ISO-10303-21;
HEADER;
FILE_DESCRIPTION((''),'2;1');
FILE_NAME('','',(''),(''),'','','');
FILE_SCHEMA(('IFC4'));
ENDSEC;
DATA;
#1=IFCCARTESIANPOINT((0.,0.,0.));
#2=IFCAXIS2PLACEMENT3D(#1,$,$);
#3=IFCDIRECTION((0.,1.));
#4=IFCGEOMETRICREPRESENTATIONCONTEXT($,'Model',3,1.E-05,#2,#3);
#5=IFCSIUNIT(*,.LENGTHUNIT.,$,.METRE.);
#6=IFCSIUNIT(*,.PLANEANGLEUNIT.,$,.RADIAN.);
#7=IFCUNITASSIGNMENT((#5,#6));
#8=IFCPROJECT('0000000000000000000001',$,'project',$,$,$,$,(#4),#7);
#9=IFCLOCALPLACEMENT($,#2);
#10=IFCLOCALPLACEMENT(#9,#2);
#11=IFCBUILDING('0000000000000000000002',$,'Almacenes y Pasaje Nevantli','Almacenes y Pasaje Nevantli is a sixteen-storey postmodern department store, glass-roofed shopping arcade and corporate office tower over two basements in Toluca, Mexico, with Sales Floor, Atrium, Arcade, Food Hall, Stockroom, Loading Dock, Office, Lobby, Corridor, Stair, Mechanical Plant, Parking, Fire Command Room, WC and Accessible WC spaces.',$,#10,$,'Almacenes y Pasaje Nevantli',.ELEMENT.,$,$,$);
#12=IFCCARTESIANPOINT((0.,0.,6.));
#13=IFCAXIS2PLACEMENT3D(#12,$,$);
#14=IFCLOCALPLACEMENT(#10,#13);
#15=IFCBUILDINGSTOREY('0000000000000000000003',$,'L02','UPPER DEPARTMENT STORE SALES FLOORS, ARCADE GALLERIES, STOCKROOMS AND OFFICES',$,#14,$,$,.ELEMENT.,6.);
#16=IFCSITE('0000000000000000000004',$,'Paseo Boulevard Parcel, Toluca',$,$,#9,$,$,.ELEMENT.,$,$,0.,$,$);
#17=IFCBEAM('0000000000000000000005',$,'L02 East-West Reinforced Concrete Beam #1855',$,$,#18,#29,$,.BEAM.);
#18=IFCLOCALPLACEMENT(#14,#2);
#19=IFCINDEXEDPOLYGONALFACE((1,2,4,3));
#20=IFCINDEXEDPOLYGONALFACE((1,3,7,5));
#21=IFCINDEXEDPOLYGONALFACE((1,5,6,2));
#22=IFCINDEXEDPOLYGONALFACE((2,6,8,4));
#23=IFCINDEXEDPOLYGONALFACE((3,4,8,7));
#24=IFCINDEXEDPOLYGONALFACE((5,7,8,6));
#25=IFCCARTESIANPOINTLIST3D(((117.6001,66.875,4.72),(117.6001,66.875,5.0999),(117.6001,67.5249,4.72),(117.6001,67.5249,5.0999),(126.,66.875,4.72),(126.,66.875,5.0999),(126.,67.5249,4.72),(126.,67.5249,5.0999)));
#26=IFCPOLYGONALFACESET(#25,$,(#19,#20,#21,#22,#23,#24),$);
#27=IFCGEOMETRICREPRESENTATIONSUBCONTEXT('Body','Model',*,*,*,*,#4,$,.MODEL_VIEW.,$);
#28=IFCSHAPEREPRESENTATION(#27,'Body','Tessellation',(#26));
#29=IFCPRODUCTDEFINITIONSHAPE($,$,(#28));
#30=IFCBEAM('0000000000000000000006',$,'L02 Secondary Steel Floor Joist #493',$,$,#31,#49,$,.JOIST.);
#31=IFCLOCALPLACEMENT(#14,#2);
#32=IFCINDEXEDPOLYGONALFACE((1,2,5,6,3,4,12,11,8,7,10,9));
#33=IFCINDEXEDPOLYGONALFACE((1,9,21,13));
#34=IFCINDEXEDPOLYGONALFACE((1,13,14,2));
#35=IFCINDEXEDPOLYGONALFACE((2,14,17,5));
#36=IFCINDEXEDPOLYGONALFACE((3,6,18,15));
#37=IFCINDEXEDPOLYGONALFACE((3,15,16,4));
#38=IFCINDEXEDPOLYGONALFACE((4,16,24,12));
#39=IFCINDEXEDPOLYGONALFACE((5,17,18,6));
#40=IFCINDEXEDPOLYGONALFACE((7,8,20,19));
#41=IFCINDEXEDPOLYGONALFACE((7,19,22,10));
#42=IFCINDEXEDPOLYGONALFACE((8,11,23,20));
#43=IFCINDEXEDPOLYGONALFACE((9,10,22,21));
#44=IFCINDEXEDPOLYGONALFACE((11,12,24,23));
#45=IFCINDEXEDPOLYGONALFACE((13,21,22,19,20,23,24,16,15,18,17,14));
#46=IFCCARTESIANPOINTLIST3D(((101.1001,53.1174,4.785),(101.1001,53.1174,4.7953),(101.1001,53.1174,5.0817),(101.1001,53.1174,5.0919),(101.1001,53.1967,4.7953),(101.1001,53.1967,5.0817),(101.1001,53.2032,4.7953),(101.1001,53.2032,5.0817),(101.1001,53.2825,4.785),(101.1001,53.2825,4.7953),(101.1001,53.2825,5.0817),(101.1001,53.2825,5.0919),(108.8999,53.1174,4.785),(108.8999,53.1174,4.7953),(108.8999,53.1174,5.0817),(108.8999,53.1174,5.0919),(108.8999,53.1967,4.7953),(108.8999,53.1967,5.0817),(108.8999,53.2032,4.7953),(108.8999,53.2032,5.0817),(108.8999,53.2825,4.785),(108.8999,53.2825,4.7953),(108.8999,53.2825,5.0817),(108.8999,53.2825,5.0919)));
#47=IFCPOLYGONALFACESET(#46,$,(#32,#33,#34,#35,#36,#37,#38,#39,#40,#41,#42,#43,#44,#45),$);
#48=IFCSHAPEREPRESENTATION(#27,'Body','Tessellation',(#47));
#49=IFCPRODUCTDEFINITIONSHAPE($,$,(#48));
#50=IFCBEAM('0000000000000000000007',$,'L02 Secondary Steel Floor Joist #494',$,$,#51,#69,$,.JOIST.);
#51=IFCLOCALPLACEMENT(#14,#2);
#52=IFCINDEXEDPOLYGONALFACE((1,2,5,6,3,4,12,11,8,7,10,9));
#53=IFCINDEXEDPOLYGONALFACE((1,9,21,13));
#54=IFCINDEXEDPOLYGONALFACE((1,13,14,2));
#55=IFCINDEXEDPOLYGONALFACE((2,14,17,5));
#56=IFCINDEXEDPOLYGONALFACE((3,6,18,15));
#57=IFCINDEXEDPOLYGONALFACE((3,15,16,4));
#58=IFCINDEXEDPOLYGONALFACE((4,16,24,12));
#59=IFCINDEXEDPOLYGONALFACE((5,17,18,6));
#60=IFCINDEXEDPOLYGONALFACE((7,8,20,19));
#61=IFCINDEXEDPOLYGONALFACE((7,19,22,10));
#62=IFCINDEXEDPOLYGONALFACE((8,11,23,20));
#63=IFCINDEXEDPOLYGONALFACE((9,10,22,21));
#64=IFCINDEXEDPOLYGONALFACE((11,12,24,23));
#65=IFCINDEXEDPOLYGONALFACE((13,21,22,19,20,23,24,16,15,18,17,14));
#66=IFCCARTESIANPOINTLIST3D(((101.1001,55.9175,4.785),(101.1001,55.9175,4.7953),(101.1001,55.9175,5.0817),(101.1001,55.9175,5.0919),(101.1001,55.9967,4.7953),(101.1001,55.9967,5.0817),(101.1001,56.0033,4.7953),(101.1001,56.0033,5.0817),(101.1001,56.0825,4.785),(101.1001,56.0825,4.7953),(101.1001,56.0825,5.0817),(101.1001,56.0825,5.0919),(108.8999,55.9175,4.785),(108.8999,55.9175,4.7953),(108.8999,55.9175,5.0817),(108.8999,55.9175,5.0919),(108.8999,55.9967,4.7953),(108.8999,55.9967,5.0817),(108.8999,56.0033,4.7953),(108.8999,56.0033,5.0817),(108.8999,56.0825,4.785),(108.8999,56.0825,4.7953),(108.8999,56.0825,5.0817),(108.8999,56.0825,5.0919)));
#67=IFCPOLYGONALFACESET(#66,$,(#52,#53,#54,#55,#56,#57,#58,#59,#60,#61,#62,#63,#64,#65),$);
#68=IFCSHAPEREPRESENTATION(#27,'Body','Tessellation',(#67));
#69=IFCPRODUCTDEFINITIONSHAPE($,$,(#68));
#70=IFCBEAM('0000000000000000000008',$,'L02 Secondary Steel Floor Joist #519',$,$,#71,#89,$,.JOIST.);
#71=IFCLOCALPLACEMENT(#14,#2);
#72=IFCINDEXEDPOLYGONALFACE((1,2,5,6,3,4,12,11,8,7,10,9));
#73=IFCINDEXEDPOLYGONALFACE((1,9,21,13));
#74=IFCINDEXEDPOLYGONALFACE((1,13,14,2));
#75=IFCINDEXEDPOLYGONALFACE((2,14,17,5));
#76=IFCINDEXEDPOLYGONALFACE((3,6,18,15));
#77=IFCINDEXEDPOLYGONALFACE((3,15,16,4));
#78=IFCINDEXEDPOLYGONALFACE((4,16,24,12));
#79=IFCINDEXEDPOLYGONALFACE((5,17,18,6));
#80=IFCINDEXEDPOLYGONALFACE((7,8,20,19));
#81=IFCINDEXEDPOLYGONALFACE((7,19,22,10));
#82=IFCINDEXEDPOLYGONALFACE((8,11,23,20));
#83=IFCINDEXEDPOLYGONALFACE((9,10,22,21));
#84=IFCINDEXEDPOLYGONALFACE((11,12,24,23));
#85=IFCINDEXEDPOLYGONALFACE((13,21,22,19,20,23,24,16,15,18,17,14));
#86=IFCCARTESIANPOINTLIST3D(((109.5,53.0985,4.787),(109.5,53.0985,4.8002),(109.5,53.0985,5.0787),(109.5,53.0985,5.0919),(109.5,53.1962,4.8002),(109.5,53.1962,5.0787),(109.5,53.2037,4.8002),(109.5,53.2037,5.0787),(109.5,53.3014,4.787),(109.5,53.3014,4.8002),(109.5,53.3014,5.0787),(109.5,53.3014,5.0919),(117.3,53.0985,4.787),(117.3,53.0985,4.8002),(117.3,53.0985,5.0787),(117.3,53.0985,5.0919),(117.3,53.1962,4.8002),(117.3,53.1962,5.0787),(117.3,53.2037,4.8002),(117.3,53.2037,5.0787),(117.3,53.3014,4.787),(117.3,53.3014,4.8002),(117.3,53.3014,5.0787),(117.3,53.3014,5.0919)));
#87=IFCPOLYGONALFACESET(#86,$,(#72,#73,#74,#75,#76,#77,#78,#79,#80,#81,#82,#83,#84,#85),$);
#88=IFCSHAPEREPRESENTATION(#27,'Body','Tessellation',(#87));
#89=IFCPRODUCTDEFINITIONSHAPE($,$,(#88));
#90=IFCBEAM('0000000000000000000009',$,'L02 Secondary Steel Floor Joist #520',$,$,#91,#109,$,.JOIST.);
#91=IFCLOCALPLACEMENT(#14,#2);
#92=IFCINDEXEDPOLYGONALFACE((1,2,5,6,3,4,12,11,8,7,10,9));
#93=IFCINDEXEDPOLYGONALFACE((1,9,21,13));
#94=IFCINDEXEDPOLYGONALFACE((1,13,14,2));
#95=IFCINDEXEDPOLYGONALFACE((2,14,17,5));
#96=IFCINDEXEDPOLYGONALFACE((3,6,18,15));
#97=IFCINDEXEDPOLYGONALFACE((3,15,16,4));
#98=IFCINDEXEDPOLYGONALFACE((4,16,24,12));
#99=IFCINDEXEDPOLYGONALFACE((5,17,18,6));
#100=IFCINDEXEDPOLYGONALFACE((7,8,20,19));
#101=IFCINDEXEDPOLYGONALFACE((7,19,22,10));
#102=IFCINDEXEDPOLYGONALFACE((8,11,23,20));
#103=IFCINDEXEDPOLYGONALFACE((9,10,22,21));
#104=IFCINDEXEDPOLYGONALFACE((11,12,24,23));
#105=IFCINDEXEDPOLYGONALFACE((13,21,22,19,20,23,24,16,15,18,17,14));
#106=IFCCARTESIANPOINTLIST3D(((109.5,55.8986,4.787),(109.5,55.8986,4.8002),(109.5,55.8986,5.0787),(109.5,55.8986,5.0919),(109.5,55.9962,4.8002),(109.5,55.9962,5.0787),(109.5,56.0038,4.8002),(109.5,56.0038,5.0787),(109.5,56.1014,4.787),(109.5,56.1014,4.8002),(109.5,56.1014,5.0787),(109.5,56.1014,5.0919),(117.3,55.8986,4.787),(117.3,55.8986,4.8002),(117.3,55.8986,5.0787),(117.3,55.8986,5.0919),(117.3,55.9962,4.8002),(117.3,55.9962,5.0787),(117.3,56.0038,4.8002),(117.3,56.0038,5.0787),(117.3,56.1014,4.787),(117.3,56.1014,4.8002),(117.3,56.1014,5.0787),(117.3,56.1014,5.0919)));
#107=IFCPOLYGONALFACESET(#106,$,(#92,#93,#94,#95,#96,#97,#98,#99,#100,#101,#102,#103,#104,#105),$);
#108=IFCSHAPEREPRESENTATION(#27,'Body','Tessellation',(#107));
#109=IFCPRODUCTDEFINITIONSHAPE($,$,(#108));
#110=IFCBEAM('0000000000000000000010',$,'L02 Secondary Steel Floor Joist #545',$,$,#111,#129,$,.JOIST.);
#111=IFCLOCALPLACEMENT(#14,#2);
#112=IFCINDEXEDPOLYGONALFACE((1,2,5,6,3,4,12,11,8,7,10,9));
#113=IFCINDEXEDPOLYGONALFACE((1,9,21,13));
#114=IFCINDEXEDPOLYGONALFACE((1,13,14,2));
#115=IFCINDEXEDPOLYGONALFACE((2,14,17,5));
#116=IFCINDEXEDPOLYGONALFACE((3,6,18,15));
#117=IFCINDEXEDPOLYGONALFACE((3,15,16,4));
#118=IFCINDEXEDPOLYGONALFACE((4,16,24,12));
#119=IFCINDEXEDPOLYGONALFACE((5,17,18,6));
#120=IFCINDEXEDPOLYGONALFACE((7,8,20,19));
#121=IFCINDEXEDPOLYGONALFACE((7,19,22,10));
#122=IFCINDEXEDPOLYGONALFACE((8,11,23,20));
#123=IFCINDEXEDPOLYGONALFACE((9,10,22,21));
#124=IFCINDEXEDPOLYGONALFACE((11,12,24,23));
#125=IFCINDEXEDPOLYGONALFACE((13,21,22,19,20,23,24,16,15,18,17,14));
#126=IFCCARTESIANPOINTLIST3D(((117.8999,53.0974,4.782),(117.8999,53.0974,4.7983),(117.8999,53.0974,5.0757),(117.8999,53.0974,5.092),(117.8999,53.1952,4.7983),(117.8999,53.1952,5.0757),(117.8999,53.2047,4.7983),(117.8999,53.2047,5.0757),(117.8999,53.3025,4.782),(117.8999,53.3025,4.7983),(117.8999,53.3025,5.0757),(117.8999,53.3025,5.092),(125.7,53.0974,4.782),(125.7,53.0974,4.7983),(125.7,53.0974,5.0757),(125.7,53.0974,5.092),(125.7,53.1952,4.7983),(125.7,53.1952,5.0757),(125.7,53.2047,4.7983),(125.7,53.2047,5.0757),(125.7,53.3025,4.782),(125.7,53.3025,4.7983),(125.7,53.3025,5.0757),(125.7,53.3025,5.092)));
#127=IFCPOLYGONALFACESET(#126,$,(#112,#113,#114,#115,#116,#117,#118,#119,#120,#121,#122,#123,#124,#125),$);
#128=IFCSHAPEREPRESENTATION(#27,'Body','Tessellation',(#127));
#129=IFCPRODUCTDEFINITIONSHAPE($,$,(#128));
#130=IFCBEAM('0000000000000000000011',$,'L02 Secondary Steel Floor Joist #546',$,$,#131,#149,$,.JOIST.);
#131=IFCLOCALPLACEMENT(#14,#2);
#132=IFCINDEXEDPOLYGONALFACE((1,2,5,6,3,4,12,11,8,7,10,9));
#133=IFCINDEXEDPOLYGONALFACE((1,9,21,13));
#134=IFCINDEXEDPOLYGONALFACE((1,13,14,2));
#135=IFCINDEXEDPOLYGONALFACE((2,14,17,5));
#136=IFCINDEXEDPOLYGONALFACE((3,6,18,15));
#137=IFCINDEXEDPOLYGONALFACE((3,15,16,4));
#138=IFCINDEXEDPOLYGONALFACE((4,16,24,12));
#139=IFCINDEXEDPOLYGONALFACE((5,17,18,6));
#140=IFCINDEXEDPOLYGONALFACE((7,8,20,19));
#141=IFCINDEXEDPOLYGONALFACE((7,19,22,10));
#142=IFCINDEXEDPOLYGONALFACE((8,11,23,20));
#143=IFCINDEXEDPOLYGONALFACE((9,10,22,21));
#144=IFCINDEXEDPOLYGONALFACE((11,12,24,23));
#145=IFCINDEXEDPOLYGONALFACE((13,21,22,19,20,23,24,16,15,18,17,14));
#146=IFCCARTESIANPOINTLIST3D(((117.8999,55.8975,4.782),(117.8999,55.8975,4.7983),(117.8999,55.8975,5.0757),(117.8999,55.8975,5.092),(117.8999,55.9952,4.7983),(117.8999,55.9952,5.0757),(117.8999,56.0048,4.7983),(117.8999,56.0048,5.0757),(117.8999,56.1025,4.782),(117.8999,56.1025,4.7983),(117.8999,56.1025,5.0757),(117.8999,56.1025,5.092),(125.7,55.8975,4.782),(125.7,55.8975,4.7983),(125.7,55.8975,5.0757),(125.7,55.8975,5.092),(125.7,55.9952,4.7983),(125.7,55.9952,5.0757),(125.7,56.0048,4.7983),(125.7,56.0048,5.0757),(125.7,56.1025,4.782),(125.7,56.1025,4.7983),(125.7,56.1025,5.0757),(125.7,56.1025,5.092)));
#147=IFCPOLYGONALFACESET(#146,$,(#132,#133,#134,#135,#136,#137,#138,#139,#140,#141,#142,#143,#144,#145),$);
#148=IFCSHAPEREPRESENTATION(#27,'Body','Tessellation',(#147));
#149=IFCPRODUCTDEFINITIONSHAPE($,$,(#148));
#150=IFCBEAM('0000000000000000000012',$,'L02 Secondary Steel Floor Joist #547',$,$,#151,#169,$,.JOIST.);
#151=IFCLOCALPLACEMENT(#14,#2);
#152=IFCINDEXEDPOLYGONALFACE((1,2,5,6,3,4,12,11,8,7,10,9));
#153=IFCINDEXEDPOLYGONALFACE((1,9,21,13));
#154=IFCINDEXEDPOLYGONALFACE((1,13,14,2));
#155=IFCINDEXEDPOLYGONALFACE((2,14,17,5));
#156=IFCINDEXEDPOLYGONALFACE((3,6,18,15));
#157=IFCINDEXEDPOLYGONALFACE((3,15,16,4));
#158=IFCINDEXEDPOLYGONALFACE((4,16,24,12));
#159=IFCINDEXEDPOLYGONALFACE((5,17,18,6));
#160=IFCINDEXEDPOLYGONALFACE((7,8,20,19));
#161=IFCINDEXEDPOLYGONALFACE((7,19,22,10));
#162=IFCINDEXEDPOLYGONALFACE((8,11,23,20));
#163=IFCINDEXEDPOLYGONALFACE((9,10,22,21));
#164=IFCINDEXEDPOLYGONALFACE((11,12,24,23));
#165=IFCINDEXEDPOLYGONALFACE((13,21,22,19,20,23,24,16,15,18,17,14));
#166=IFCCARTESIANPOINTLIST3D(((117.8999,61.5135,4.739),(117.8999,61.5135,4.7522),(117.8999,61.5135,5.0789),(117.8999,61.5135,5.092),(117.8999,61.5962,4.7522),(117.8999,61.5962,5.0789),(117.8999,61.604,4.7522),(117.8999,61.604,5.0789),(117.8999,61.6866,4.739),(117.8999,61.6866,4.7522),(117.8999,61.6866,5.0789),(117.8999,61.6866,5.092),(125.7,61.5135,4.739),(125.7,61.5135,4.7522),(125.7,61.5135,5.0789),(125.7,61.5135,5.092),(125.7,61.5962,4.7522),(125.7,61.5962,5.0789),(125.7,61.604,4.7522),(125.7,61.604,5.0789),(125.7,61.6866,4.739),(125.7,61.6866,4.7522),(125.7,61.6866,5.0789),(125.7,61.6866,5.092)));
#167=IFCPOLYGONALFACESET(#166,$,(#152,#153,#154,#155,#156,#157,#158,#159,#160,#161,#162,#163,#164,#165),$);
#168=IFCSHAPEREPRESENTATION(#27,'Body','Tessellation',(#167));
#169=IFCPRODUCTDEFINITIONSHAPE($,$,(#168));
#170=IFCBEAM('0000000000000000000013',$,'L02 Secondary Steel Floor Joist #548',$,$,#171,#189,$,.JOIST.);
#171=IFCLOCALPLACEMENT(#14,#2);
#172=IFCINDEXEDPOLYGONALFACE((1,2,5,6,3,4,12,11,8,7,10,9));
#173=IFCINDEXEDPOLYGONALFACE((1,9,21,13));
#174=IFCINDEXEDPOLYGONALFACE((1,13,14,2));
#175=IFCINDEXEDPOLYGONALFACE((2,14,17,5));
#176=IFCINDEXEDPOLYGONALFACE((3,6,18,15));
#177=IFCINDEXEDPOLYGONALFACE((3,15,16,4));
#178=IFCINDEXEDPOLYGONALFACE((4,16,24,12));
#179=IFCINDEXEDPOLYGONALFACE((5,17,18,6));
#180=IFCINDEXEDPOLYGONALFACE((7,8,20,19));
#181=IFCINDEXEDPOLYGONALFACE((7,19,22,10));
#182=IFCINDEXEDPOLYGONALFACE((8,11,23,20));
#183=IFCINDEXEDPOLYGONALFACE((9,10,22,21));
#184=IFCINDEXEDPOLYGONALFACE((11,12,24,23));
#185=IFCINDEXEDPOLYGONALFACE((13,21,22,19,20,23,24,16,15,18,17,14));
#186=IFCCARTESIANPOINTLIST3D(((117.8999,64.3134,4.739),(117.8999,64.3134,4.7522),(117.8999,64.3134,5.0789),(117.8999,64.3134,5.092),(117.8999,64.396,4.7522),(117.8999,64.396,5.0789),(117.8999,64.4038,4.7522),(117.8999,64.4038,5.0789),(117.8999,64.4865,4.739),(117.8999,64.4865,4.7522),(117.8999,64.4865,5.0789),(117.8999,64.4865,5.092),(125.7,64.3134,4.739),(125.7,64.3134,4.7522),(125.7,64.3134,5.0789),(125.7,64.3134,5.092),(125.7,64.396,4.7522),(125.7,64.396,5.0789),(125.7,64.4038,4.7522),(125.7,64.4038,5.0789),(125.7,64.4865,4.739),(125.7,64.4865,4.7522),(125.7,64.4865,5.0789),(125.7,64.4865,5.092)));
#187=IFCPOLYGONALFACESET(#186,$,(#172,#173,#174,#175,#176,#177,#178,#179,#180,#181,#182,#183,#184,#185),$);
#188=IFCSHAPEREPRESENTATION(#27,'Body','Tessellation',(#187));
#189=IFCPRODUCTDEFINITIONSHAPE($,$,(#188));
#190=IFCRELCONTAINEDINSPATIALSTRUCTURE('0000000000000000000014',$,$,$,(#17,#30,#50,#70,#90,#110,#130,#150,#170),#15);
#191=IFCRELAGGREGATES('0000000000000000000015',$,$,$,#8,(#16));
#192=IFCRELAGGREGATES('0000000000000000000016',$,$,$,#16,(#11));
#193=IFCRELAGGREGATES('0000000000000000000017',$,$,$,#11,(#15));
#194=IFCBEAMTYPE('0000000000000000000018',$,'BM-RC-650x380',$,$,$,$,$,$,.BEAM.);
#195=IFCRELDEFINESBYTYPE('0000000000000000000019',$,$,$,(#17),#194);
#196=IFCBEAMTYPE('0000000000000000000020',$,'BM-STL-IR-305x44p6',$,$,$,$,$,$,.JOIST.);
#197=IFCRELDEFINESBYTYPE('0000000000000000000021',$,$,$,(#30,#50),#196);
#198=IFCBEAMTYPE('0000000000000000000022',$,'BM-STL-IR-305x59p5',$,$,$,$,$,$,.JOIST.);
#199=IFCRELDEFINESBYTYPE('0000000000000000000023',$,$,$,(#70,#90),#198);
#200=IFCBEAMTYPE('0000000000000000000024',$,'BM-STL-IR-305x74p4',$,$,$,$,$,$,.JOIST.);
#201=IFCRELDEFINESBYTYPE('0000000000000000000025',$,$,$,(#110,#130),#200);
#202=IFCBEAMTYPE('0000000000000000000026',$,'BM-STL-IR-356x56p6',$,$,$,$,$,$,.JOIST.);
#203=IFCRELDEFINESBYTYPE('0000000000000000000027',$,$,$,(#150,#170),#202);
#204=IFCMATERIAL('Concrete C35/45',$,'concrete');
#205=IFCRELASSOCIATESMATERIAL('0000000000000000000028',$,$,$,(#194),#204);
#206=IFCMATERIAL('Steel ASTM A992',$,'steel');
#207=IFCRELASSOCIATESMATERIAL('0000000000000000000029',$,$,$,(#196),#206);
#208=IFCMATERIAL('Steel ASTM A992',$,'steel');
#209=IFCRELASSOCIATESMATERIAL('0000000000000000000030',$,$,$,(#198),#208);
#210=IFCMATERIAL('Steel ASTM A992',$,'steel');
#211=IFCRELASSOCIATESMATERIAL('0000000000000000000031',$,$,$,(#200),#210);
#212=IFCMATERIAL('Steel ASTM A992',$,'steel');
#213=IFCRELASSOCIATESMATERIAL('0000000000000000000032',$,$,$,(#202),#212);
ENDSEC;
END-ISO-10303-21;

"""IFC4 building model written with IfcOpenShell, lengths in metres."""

from ifc_helpers import new_model, si_unit, direction, frame, origin, origin_2d, place, context, subcontext, project, spatial, rectangle, i_section, extrude, material, material_profile, profile_set, type_object, element, save


model = new_model("IFC4")

# Units and contexts
model_context = context("Model", 3, precision=1e-05, world=origin(), true_north=direction((0.0, 1.0)))
body_context = subcontext(model_context, "Body", "Model", "MODEL_VIEW")
ifc_project = project(units=[si_unit("LENGTHUNIT", "METRE"), si_unit("PLANEANGLEUNIT", "RADIAN")], contexts=[model_context])

# Site, building, storey
site_placement = place(None, origin())
site = spatial("IfcSite", under=ifc_project, at=site_placement, Name="Paseo Boulevard Parcel, Toluca", CompositionType="ELEMENT", RefElevation=0.0)
building_placement = place(site_placement, origin())
building = spatial("IfcBuilding", under=site, at=building_placement, Name="Almacenes y Pasaje Nevantli", Description="Almacenes y Pasaje Nevantli is a sixteen-storey postmodern department store, glass-roofed shopping arcade and corporate office tower over two basements in Toluca, Mexico, with Sales Floor, Atrium, Arcade, Food Hall, Stockroom, Loading Dock, Office, Lobby, Corridor, Stair, Mechanical Plant, Parking, Fire Command Room, WC and Accessible WC spaces.", LongName="Almacenes y Pasaje Nevantli", CompositionType="ELEMENT")
storey_placement = place(building_placement, frame((0.0, 0.0, 6.0)))
storey = spatial("IfcBuildingStorey", under=building, at=storey_placement, Name="L02", Description="UPPER DEPARTMENT STORE SALES FLOORS, ARCADE GALLERIES, STOCKROOMS AND OFFICES", CompositionType="ELEMENT", Elevation=6.0)

# Beams
ifc_material_1 = material(Name="Concrete C35/45", Category="concrete")
ifc_material_profile_1 = material_profile(ifc_material_1, rectangle(XDim=0.6499, YDim=0.3799, at=origin_2d()), Name="RC-BM-650x380")
ifc_profile_set_1 = profile_set([ifc_material_profile_1], Name="Concrete C35/45")
beam_type_1 = type_object("IfcBeamType", Name="BM-RC-650x380", PredefinedType="BEAM", material=ifc_profile_set_1)
beam_1_placement = place(storey_placement, frame((117.6001, 67.2, 4.9099), z_axis=(1.0, 0.0, 0.0), x_axis=(0.0, 1.0, 0.0)))
element("IfcBeam", 1, at=beam_1_placement, inside=storey, type_object=beam_type_1, Name="L02 East-West Reinforced Concrete Beam #1855", PredefinedType="BEAM", context=body_context, shape_type="SweptSolid", body=[
    extrude(rectangle(XDim=0.6499, YDim=0.3799, at=origin_2d()), origin(), (0.0, 0.0, 1.0), 8.3999),
])
ifc_material_2 = material(Name="Steel ASTM A992", Category="steel")
ifc_material_profile_2 = material_profile(ifc_material_2, i_section(OverallWidth=0.165, OverallDepth=0.3069, WebThickness=0.0066, FlangeThickness=0.0103, at=origin_2d()), Name="IR 305x44.6")
ifc_profile_set_2 = profile_set([ifc_material_profile_2], Name="Steel ASTM A992")
beam_type_2 = type_object("IfcBeamType", Name="BM-STL-IR-305x44p6", PredefinedType="JOIST", material=ifc_profile_set_2)
for number, where, z_axis, x_axis, name in (
    (2, (101.1001, 53.2, 4.9385), (1.0, 0.0, 0.0), (0.0, 1.0, 0.0), "L02 Secondary Steel Floor Joist #493"),
    (3, (101.1001, 56.0, 4.9385), (1.0, 0.0, 0.0), (0.0, 1.0, 0.0), "L02 Secondary Steel Floor Joist #494"),
):
    element("IfcBeam", number, at=place(storey_placement, frame(where, z_axis=z_axis, x_axis=x_axis)), inside=storey, type_object=beam_type_2, Name=name, PredefinedType="JOIST", context=body_context, shape_type="SweptSolid", body=[
        extrude(i_section(OverallWidth=0.165, OverallDepth=0.3069, WebThickness=0.0066, FlangeThickness=0.0103, at=origin_2d()), origin(), (0.0, 0.0, 1.0), 7.7998),
    ])
ifc_material_3 = material(Name="Steel ASTM A992", Category="steel")
ifc_material_profile_3 = material_profile(ifc_material_3, i_section(OverallWidth=0.2029, OverallDepth=0.3049, WebThickness=0.0076, FlangeThickness=0.0132, at=origin_2d()), Name="IR 305x59.5")
ifc_profile_set_3 = profile_set([ifc_material_profile_3], Name="Steel ASTM A992")
beam_type_3 = type_object("IfcBeamType", Name="BM-STL-IR-305x59p5", PredefinedType="JOIST", material=ifc_profile_set_3)
for number, where, z_axis, x_axis, name in (
    (4, (109.5, 53.2, 4.9395), (1.0, 0.0, 0.0), (0.0, 1.0, 0.0), "L02 Secondary Steel Floor Joist #519"),
    (5, (109.5, 56.0, 4.9395), (1.0, 0.0, 0.0), (0.0, 1.0, 0.0), "L02 Secondary Steel Floor Joist #520"),
):
    element("IfcBeam", number, at=place(storey_placement, frame(where, z_axis=z_axis, x_axis=x_axis)), inside=storey, type_object=beam_type_3, Name=name, PredefinedType="JOIST", context=body_context, shape_type="SweptSolid", body=[
        extrude(i_section(OverallWidth=0.2029, OverallDepth=0.3049, WebThickness=0.0076, FlangeThickness=0.0132, at=origin_2d()), origin(), (0.0, 0.0, 1.0), 7.8),
    ])
ifc_material_4 = material(Name="Steel ASTM A992", Category="steel")
ifc_material_profile_4 = material_profile(ifc_material_4, i_section(OverallWidth=0.2051, OverallDepth=0.3101, WebThickness=0.0095, FlangeThickness=0.0164, at=origin_2d()), Name="IR 305x74.4")
ifc_profile_set_4 = profile_set([ifc_material_profile_4], Name="Steel ASTM A992")
beam_type_4 = type_object("IfcBeamType", Name="BM-STL-IR-305x74p4", PredefinedType="JOIST", material=ifc_profile_set_4)
for number, where, z_axis, x_axis, name in (
    (6, (117.8999, 53.2, 4.937), (1.0, 0.0, 0.0), (0.0, 1.0, 0.0), "L02 Secondary Steel Floor Joist #545"),
    (7, (117.8999, 56.0, 4.937), (1.0, 0.0, 0.0), (0.0, 1.0, 0.0), "L02 Secondary Steel Floor Joist #546"),
):
    element("IfcBeam", number, at=place(storey_placement, frame(where, z_axis=z_axis, x_axis=x_axis)), inside=storey, type_object=beam_type_4, Name=name, PredefinedType="JOIST", context=body_context, shape_type="SweptSolid", body=[
        extrude(i_section(OverallWidth=0.2051, OverallDepth=0.3101, WebThickness=0.0095, FlangeThickness=0.0164, at=origin_2d()), origin(), (0.0, 0.0, 1.0), 7.8),
    ])
ifc_material_5 = material(Name="Steel ASTM A992", Category="steel")
ifc_material_profile_5 = material_profile(ifc_material_5, i_section(OverallWidth=0.1731, OverallDepth=0.353, WebThickness=0.0078, FlangeThickness=0.0132, at=origin_2d()), Name="IR 356x56.6")
ifc_profile_set_5 = profile_set([ifc_material_profile_5], Name="Steel ASTM A992")
beam_type_5 = type_object("IfcBeamType", Name="BM-STL-IR-356x56p6", PredefinedType="JOIST", material=ifc_profile_set_5)
for number, where, z_axis, x_axis, name in (
    (8, (117.8999, 61.6001, 4.9155), (1.0, 0.0, 0.0), (0.0, 1.0, 0.0), "L02 Secondary Steel Floor Joist #547"),
    (9, (117.8999, 64.3999, 4.9155), (1.0, 0.0, 0.0), (0.0, 1.0, 0.0), "L02 Secondary Steel Floor Joist #548"),
):
    element("IfcBeam", number, at=place(storey_placement, frame(where, z_axis=z_axis, x_axis=x_axis)), inside=storey, type_object=beam_type_5, Name=name, PredefinedType="JOIST", context=body_context, shape_type="SweptSolid", body=[
        extrude(i_section(OverallWidth=0.1731, OverallDepth=0.353, WebThickness=0.0078, FlangeThickness=0.0132, at=origin_2d()), origin(), (0.0, 0.0, 1.0), 7.8),
    ])

save(model, "model.ifc")
